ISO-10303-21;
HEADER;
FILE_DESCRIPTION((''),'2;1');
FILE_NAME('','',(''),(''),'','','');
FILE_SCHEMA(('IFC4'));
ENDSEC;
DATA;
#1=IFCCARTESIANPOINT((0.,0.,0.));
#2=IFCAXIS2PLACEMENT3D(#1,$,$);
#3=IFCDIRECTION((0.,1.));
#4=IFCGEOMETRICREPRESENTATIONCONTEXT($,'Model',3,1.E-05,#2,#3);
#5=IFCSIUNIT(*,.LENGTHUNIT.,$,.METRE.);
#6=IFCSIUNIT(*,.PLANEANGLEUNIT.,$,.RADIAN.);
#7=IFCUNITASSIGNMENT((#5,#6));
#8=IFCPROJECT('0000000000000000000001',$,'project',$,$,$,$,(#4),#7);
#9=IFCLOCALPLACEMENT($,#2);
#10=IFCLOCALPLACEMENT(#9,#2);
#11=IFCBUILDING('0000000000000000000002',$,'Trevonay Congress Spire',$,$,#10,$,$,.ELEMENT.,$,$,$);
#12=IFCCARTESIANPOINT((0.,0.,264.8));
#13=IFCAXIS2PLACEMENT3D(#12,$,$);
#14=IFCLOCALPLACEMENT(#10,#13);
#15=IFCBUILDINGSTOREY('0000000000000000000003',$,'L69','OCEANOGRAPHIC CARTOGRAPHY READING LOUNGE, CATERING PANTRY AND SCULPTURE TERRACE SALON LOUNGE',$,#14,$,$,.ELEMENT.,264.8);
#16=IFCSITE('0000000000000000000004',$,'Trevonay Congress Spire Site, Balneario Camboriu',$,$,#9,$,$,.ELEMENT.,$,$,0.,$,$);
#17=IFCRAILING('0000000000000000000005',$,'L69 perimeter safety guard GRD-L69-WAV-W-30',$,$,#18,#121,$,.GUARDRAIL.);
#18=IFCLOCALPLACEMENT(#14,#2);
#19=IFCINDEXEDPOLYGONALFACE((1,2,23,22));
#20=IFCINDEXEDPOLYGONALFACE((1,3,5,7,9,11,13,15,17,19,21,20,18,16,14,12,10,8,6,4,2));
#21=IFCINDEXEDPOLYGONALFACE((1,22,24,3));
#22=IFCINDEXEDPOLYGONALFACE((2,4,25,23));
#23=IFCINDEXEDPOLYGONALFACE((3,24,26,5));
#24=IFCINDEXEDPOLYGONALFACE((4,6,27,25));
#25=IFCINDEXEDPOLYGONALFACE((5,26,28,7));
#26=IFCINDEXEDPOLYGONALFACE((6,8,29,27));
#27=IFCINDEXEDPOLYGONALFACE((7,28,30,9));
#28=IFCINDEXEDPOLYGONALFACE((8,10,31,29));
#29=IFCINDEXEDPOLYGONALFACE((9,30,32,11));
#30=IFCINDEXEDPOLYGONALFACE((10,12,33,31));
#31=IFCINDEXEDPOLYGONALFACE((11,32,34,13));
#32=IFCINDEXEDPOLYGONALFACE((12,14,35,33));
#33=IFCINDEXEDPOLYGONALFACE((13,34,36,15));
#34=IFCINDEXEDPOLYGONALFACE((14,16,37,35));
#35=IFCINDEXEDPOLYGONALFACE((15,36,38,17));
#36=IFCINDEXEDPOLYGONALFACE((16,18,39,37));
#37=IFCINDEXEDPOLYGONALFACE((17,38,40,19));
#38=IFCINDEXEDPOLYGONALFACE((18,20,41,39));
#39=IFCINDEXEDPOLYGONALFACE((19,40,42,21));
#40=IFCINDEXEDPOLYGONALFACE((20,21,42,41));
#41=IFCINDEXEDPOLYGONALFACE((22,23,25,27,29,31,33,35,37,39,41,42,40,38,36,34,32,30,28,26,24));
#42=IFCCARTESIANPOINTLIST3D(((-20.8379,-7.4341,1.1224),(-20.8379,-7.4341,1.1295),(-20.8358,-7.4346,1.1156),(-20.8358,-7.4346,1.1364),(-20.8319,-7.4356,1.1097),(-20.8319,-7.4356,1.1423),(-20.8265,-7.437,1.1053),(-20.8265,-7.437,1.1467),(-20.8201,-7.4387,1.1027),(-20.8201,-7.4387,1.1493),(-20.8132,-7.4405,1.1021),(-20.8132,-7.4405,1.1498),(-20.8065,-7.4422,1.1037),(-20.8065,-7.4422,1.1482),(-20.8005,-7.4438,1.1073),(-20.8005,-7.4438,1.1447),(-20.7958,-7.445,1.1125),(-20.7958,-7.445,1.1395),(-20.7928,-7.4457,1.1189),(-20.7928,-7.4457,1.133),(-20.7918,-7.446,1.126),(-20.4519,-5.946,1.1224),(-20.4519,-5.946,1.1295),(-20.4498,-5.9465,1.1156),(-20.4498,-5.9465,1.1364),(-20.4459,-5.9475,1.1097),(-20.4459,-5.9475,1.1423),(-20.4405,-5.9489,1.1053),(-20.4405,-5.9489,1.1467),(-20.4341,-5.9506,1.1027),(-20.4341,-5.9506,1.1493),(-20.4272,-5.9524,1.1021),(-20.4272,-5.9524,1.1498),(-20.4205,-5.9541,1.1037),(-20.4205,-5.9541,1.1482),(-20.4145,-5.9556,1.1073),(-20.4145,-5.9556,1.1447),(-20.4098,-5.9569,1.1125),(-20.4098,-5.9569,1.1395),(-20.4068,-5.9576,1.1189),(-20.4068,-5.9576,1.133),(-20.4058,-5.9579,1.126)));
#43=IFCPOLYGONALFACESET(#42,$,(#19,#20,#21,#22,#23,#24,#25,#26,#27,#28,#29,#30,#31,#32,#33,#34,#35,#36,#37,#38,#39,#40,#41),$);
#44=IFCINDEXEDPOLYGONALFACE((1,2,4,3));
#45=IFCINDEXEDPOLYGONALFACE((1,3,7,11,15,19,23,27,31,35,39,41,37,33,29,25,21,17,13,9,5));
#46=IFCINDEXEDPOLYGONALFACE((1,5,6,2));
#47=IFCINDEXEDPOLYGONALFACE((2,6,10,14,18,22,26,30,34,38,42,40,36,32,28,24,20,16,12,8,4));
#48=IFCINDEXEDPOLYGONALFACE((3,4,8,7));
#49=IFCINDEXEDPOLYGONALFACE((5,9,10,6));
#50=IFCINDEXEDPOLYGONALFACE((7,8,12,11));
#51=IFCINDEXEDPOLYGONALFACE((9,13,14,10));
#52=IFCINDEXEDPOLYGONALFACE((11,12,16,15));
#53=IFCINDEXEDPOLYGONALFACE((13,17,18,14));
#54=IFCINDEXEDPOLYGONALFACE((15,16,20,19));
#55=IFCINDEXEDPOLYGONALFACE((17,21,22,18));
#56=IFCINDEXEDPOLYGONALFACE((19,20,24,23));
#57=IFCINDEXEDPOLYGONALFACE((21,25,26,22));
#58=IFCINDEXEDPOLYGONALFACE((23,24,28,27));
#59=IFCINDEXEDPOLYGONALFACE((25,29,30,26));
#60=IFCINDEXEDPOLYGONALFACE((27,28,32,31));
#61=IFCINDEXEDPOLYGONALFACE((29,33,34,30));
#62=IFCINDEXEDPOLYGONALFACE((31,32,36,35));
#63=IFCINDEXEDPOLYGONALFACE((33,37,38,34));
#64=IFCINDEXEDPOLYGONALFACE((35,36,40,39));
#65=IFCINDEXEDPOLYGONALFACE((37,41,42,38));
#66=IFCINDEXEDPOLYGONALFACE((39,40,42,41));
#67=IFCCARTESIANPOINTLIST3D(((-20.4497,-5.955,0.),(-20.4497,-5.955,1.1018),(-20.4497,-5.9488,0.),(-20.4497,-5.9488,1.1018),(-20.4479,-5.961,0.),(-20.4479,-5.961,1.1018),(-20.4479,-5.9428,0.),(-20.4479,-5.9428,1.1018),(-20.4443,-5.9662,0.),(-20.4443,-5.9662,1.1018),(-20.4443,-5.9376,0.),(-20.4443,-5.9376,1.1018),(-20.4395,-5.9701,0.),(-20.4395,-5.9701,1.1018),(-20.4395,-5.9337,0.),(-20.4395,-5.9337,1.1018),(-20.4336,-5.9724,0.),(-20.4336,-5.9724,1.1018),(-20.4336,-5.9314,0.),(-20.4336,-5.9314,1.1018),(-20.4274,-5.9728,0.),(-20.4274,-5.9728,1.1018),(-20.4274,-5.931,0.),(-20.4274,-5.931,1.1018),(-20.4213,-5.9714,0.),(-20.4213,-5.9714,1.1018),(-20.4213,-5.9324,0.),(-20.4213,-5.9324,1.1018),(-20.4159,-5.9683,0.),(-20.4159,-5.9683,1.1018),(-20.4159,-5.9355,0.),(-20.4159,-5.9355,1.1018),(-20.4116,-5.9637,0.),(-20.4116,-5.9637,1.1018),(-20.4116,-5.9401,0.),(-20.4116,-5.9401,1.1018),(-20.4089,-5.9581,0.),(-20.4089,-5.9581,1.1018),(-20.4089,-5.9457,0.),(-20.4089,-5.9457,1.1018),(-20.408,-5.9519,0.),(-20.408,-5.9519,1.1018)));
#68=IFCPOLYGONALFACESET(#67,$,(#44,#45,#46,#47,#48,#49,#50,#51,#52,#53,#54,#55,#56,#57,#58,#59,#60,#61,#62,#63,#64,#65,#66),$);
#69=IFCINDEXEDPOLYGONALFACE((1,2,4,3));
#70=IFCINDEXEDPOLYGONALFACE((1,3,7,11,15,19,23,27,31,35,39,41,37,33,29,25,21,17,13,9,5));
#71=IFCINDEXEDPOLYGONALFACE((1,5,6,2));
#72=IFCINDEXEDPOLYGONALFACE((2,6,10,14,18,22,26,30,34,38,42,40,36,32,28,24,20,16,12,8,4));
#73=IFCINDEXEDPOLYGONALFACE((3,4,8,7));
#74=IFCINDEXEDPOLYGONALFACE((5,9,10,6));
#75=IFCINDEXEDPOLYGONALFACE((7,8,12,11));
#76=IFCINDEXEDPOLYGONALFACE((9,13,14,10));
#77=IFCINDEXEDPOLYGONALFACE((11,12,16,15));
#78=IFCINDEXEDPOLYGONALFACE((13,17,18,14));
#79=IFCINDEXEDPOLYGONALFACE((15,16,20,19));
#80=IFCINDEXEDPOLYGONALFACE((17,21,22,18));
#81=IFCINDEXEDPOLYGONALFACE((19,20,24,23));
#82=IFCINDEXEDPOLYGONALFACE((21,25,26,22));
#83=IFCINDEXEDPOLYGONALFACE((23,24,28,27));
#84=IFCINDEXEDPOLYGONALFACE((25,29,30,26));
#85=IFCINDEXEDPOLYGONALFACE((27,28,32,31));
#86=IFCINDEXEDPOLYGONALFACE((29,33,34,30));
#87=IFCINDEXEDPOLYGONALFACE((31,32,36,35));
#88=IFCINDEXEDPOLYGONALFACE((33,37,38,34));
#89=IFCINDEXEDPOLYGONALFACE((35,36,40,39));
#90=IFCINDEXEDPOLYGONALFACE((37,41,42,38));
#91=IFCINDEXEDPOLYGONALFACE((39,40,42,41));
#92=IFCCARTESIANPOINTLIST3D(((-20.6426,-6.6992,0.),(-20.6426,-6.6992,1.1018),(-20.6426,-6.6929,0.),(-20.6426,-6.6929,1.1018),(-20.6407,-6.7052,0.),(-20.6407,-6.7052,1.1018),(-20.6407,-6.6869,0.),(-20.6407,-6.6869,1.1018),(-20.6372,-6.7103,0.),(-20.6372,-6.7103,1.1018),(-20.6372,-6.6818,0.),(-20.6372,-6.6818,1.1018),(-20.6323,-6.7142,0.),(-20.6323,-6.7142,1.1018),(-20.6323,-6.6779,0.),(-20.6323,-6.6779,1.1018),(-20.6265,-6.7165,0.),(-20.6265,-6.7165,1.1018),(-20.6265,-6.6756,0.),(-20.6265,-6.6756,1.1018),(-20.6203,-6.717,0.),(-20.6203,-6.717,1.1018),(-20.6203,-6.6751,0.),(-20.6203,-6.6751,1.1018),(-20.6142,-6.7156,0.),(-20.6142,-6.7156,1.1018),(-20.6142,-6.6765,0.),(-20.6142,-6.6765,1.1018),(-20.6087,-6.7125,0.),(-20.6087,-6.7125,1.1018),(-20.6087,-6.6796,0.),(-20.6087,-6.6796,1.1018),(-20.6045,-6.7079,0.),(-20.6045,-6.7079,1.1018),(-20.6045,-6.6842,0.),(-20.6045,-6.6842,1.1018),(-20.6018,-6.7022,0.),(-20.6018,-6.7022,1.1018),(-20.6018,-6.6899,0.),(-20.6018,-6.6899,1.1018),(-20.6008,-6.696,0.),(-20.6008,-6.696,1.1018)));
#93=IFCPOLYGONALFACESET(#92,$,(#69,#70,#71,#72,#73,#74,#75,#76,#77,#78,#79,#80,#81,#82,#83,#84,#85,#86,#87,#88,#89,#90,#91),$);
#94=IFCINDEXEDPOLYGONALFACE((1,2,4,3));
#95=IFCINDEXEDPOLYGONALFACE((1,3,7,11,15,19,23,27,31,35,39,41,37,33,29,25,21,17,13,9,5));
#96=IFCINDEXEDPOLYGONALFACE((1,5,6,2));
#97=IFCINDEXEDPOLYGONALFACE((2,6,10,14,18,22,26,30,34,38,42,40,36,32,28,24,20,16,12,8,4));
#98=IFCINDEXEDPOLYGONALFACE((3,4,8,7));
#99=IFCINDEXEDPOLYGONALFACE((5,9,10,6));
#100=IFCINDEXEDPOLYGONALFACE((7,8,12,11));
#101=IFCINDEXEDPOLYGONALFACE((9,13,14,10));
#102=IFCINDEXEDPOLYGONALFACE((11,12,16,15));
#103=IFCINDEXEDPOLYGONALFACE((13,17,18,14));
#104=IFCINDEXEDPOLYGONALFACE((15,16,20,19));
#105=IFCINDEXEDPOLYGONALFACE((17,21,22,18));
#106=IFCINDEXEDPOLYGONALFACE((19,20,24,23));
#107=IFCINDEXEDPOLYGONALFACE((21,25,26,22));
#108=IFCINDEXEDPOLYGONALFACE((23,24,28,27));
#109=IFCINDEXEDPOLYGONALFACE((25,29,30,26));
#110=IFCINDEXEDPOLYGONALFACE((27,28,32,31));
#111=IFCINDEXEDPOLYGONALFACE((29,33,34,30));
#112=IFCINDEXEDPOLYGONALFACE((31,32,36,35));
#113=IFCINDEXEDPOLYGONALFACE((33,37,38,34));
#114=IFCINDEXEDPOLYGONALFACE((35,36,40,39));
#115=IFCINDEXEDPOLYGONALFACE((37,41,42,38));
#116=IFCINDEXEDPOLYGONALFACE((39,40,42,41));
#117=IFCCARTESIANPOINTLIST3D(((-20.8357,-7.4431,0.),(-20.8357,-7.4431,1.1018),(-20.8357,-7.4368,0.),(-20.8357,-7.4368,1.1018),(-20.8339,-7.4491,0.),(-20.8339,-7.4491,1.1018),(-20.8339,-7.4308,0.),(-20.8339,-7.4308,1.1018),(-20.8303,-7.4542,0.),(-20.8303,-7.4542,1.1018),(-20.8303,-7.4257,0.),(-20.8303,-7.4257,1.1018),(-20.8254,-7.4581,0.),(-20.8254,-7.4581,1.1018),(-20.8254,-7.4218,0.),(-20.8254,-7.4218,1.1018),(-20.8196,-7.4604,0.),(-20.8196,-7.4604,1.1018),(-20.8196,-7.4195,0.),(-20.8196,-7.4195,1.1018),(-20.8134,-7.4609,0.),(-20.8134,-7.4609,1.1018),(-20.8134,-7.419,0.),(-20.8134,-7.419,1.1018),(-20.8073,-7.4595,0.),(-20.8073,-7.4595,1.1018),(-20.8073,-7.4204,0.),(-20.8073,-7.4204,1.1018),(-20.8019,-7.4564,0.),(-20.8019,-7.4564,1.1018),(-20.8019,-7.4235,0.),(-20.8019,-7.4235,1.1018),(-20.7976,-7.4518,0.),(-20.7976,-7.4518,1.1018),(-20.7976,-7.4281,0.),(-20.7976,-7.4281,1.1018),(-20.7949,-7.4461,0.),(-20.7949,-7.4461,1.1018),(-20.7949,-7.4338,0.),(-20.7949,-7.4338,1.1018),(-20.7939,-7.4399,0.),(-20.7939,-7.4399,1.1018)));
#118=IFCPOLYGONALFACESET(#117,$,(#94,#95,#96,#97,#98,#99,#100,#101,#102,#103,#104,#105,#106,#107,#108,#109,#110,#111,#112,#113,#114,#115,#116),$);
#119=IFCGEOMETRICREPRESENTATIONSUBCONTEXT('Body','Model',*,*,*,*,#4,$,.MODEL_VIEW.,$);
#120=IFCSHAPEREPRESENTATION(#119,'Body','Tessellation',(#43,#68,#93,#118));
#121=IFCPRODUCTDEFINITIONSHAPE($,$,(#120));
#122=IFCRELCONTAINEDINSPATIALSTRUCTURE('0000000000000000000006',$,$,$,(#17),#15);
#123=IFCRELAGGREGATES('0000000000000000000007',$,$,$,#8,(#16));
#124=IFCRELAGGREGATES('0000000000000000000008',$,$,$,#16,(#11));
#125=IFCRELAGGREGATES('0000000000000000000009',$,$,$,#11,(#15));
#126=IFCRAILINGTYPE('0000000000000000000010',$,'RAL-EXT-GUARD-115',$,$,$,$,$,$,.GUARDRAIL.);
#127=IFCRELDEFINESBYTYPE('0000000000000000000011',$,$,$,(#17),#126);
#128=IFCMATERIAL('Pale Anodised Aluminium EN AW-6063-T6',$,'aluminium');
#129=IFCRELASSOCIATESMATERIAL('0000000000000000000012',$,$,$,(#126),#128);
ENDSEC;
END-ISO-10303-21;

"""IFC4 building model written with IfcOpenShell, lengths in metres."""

from ifc_helpers import new_model, si_unit, direction, frame, origin, origin_2d, place, context, subcontext, project, spatial, circle, extrude, material, type_object, element, save


model = new_model("IFC4")

# Units and contexts
model_context = context("Model", 3, precision=1e-05, world=origin(), true_north=direction((0.0, 1.0)))
body_context = subcontext(model_context, "Body", "Model", "MODEL_VIEW")
ifc_project = project(units=[si_unit("LENGTHUNIT", "METRE"), si_unit("PLANEANGLEUNIT", "RADIAN")], contexts=[model_context])

# Site, building, storey
site_placement = place(None, origin())
site = spatial("IfcSite", under=ifc_project, at=site_placement, Name="Trevonay Congress Spire Site, Balneario Camboriu", CompositionType="ELEMENT", RefElevation=0.0)
building_placement = place(site_placement, origin())
building = spatial("IfcBuilding", under=site, at=building_placement, Name="Trevonay Congress Spire", CompositionType="ELEMENT")
storey_placement = place(building_placement, frame((0.0, 0.0, 264.8)))
storey = spatial("IfcBuildingStorey", under=building, at=storey_placement, Name="L69", Description="OCEANOGRAPHIC CARTOGRAPHY READING LOUNGE, CATERING PANTRY AND SCULPTURE TERRACE SALON LOUNGE", CompositionType="ELEMENT", Elevation=264.8)

# Shared definitions
ifc_material_1 = material(Name="Pale Anodised Aluminium EN AW-6063-T6", Category="aluminium")

# Railing
railing_type = type_object("IfcRailingType", Name="RAL-EXT-GUARD-115", PredefinedType="GUARDRAIL", material=ifc_material_1)
railing_1_placement = place(storey_placement, frame((-20.429, -5.9519, 0.0)))
element("IfcRailing", 1, at=railing_1_placement, inside=storey, type_object=railing_type, Name="L69 perimeter safety guard GRD-L69-WAV-W-30", PredefinedType="GUARDRAIL", context=body_context, shape_type="SweptSolid", body=[
    extrude(circle(Radius=0.0239, at=origin_2d()), frame((0.0, 0.0, 1.126), z_axis=(-0.251083, -0.967965, 0.0), x_axis=(0.967965, -0.251083, 0.0)), (0.0, 0.0, 1.0), 1.5374),
    extrude(circle(Radius=0.021, at=origin_2d()), origin(), (0.0, 0.0, 1.0), 1.1018),
    extrude(circle(Radius=0.021, at=origin_2d()), frame((-0.1929, -0.7441, 0.0)), (0.0, 0.0, 1.0), 1.1018),
    extrude(circle(Radius=0.021, at=origin_2d()), frame((-0.386, -1.488, 0.0)), (0.0, 0.0, 1.0), 1.1018),
])

save(model, "model.ifc")
